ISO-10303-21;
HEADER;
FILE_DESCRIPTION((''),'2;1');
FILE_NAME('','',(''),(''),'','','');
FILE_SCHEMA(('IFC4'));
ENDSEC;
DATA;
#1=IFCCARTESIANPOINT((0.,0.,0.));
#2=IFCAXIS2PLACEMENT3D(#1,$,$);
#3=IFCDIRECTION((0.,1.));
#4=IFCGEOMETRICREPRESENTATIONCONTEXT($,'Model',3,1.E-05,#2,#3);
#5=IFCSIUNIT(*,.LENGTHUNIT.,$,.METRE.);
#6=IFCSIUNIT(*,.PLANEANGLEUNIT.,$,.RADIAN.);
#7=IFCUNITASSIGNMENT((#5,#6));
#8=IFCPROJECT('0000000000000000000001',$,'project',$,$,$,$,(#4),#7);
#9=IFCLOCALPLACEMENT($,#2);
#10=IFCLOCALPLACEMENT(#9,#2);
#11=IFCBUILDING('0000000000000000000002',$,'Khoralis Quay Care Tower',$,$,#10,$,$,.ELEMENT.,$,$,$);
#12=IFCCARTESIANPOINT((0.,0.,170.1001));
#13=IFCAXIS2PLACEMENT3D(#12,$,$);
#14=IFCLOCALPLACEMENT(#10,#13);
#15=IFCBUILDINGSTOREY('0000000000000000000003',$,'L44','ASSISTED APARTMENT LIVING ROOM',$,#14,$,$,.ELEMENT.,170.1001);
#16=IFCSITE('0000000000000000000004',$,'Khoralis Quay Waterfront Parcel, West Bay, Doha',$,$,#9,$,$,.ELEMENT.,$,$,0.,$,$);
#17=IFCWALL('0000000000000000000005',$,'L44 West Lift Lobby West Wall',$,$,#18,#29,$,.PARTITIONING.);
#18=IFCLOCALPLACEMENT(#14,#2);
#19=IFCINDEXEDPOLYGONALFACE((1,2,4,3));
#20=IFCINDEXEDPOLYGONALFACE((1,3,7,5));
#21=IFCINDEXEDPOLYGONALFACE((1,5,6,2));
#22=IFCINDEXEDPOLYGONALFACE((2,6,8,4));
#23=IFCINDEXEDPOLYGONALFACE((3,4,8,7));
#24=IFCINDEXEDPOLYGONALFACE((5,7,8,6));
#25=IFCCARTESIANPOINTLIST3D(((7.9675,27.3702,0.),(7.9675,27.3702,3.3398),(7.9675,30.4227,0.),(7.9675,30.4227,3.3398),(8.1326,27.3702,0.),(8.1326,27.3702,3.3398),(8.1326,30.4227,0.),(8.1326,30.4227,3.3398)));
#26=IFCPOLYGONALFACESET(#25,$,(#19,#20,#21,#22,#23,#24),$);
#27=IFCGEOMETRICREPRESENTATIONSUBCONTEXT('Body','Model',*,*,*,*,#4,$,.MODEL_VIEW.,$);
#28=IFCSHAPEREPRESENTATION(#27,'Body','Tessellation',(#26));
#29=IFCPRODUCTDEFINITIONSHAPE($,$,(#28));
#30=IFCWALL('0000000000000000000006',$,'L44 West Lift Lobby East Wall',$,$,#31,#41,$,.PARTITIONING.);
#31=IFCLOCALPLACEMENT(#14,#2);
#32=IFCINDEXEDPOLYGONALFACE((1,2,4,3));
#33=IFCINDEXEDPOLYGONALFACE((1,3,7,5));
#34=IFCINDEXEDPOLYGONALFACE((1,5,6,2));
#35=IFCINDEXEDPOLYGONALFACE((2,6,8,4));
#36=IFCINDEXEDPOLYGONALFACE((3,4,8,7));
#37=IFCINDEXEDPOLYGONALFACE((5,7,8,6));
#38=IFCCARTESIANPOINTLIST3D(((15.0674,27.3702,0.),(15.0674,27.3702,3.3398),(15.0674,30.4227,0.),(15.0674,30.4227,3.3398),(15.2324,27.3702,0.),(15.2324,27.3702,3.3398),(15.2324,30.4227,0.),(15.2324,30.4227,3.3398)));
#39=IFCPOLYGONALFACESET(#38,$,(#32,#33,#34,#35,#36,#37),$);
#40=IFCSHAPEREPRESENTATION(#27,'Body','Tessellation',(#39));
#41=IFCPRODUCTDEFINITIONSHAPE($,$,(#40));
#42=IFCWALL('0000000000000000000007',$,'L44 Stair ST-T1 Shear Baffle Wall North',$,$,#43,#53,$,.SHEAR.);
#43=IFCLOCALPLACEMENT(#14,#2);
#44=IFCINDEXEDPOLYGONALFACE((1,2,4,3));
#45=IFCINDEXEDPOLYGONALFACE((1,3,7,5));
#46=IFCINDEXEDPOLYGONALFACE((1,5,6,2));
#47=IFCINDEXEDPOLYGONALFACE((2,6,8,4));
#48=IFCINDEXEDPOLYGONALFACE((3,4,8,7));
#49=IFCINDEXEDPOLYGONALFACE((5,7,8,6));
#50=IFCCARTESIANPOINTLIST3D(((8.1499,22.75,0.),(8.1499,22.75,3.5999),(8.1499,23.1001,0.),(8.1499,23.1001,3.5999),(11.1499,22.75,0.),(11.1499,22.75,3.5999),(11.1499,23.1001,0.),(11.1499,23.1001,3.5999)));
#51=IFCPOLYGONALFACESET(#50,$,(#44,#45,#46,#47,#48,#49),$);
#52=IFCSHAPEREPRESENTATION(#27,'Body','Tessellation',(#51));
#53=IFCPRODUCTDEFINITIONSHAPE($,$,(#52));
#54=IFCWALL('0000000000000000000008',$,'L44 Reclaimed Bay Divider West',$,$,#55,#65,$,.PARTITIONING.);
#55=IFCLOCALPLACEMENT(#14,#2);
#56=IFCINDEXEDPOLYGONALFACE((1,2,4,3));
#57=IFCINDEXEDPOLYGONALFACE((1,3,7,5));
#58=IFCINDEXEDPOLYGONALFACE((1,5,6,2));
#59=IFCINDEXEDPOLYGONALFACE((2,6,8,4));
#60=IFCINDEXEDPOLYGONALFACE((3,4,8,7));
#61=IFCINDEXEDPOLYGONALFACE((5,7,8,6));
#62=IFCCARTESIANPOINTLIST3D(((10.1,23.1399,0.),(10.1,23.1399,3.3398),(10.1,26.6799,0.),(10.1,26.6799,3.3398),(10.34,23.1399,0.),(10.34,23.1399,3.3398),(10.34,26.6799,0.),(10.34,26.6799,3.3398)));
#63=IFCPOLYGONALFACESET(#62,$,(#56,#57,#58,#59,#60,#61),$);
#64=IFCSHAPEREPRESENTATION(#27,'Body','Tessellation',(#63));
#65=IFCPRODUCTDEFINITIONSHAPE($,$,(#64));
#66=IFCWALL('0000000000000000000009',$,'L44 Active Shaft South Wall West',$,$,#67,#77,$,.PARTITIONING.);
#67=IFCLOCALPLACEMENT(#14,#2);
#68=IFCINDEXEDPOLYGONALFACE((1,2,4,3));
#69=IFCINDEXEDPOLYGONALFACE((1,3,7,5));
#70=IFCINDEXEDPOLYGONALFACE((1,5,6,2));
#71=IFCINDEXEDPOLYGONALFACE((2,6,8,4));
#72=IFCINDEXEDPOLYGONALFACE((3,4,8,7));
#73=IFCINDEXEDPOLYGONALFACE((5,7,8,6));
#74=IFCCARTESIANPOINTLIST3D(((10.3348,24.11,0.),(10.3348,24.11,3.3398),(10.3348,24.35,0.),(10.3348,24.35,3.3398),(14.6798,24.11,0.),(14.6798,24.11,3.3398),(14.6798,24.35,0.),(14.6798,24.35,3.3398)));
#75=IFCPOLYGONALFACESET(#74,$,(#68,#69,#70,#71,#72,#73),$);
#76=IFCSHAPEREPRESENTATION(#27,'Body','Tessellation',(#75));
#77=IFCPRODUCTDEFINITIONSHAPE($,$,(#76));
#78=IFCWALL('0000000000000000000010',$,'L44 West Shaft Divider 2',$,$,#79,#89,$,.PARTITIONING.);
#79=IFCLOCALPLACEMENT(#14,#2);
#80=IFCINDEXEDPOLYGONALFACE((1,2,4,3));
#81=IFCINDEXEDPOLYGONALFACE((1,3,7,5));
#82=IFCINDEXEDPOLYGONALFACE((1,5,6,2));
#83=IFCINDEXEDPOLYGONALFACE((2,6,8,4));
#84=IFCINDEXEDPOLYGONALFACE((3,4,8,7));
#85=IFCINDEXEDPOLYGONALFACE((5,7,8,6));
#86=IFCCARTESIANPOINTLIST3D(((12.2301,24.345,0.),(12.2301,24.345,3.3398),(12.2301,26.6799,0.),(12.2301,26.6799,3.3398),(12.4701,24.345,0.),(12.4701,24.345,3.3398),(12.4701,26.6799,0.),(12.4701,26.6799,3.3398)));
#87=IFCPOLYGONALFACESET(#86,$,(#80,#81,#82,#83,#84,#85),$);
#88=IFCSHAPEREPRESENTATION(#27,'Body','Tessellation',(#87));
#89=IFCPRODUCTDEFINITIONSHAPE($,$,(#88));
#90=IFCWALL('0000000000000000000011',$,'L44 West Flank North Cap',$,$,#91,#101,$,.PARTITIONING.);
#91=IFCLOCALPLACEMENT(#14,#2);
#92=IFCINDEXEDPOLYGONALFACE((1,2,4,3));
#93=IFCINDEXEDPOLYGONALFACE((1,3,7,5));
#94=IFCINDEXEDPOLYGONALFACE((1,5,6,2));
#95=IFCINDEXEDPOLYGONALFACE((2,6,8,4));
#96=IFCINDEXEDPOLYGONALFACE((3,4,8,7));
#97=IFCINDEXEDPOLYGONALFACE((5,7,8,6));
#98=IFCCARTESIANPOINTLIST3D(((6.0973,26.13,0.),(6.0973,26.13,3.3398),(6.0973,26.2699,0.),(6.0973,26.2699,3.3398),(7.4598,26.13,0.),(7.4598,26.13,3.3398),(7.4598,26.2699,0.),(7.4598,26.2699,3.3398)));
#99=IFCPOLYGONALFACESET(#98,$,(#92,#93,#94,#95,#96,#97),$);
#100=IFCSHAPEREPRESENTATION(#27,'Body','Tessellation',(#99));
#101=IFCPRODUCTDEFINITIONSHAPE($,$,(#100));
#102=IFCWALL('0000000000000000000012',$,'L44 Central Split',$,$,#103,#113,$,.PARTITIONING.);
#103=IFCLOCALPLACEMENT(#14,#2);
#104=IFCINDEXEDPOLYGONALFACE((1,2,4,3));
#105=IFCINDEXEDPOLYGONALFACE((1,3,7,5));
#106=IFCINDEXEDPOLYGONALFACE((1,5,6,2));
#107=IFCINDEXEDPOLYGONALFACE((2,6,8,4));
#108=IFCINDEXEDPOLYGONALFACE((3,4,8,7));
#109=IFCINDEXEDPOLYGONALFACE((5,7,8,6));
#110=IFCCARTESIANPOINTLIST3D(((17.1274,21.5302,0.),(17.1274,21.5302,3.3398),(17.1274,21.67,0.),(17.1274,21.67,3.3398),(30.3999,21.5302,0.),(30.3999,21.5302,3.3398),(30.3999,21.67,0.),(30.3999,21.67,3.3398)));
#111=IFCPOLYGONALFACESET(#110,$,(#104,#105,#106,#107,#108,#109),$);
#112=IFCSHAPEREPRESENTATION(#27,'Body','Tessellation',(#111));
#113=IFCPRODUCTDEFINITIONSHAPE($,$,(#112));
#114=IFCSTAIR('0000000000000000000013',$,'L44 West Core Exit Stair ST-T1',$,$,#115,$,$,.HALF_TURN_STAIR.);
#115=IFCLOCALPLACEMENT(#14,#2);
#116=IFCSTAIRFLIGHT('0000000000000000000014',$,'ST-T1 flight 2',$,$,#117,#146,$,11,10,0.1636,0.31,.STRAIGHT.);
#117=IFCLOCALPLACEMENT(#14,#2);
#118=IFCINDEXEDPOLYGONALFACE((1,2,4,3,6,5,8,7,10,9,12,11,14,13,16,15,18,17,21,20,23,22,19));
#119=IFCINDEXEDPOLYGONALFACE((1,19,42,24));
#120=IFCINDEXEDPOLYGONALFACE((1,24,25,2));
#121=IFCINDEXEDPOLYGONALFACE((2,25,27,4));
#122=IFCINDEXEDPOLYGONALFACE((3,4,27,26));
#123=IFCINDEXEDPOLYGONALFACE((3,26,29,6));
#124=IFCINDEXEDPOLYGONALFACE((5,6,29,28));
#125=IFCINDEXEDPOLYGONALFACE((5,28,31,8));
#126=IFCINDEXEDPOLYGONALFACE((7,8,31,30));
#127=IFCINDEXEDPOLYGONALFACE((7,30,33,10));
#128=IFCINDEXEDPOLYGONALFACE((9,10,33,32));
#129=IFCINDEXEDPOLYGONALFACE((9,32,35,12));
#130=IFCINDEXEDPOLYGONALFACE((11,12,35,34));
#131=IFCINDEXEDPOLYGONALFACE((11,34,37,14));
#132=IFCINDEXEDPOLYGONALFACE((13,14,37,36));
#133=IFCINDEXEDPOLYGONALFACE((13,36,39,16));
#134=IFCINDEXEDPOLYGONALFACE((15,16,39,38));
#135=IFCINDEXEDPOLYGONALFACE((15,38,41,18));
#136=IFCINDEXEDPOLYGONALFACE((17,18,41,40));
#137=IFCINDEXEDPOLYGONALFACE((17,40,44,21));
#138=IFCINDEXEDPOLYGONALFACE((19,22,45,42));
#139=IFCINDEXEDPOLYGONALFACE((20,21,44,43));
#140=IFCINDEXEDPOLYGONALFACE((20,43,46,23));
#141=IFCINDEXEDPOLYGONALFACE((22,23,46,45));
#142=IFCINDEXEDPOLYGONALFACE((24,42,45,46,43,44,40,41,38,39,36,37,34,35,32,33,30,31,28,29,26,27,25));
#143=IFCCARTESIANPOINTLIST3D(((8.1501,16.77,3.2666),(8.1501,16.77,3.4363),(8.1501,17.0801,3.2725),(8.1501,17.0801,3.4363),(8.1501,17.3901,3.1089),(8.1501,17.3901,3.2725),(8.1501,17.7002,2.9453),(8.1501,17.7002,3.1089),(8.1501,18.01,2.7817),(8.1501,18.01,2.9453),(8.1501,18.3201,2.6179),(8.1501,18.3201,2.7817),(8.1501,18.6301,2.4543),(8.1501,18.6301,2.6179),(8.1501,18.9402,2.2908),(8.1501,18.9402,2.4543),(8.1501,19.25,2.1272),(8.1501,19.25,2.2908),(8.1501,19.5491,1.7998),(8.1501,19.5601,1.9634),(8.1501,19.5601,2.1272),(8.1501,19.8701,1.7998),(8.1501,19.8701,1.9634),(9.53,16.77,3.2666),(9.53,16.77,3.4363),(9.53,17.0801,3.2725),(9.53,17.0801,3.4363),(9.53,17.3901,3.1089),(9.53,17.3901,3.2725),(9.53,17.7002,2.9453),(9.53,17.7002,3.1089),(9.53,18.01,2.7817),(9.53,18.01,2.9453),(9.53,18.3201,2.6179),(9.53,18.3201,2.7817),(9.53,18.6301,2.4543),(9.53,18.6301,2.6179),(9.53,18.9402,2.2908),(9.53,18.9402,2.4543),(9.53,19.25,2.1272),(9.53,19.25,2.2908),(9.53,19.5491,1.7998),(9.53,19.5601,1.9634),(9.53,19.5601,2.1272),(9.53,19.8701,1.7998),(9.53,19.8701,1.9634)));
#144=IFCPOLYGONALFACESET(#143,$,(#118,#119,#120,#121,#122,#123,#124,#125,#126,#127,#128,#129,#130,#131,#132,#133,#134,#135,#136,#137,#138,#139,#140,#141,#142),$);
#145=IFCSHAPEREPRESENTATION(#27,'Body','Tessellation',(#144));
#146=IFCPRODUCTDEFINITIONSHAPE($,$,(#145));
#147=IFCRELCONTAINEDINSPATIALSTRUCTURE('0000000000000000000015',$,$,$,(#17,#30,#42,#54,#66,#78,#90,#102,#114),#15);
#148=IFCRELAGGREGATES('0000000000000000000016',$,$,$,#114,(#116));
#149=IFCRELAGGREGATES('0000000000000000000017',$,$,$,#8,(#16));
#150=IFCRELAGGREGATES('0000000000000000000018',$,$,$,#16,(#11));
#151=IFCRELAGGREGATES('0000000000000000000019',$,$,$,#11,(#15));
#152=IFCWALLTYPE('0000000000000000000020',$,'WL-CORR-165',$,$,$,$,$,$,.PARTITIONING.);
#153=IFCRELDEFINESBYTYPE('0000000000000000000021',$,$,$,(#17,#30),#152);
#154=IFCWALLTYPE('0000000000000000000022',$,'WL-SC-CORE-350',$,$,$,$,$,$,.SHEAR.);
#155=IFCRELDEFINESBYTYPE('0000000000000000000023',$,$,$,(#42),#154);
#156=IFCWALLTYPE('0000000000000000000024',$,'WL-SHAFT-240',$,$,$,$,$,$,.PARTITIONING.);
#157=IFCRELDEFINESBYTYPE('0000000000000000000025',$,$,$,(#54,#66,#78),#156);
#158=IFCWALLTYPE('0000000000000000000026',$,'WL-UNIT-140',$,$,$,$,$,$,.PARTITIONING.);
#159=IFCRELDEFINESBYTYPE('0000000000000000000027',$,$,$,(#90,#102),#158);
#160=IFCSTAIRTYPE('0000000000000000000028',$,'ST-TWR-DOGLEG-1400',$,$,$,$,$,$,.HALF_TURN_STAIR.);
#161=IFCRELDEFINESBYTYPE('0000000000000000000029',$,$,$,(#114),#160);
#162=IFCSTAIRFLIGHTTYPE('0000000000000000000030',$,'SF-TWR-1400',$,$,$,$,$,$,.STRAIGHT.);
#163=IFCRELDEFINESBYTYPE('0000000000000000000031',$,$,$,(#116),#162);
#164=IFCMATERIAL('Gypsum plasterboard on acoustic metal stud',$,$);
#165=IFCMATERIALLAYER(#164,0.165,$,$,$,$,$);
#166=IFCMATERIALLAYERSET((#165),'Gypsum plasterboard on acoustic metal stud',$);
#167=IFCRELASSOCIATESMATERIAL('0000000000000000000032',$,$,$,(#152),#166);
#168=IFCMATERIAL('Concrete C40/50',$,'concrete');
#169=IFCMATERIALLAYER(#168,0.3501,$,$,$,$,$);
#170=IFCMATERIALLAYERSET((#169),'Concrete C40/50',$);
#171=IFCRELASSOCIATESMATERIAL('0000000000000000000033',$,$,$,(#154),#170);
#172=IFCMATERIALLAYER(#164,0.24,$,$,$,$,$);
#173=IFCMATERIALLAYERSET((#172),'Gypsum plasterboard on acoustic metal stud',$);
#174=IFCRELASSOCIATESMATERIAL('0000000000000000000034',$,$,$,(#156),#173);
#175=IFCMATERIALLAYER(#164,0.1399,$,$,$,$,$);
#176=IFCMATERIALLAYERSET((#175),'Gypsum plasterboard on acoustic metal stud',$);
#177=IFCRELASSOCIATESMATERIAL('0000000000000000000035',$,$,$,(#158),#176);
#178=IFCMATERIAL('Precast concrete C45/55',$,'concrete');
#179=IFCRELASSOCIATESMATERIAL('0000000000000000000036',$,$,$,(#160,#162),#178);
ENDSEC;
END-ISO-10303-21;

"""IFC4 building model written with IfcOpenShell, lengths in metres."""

from ifc_helpers import new_model, si_unit, direction, frame, frame_2d, origin, place, context, subcontext, project, spatial, polyline, rectangle, outline, extrude, source, transform, mapped, material, layer, layer_set, type_object, element, aggregate, save


model = new_model("IFC4")

# Units and contexts
model_context = context("Model", 3, precision=1e-05, world=origin(), true_north=direction((0.0, 1.0)))
body_context = subcontext(model_context, "Body", "Model", "MODEL_VIEW")
ifc_project = project(units=[si_unit("LENGTHUNIT", "METRE"), si_unit("PLANEANGLEUNIT", "RADIAN")], contexts=[model_context])

# Site, building, storey
site_placement = place(None, origin())
site = spatial("IfcSite", under=ifc_project, at=site_placement, Name="Khoralis Quay Waterfront Parcel, West Bay, Doha", CompositionType="ELEMENT", RefElevation=0.0)
building_placement = place(site_placement, origin())
building = spatial("IfcBuilding", under=site, at=building_placement, Name="Khoralis Quay Care Tower", CompositionType="ELEMENT")
storey_placement = place(building_placement, frame((0.0, 0.0, 170.1001)))
storey = spatial("IfcBuildingStorey", under=building, at=storey_placement, Name="L44", Description="ASSISTED APARTMENT LIVING ROOM", CompositionType="ELEMENT", Elevation=170.1001)

# Walls
ifc_material_1 = material(Name="Gypsum plasterboard on acoustic metal stud")
ifc_layer_1 = layer(ifc_material_1, 0.165)
ifc_layer_set_1 = layer_set([ifc_layer_1], Name="Gypsum plasterboard on acoustic metal stud")
wall_type_1 = type_object("IfcWallType", Name="WL-CORR-165", PredefinedType="PARTITIONING", material=ifc_layer_set_1)
for number, where, z_axis, x_axis, name in (
    (1, (8.05, 27.3701, 0.0), (0.0, 0.0, 1.0), (0.0, 1.0, 0.0), "L44 West Lift Lobby West Wall"),
    (2, (15.1499, 27.3701, 0.0), (0.0, 0.0, 1.0), (0.0, 1.0, 0.0), "L44 West Lift Lobby East Wall"),
):
    element("IfcWall", number, at=place(storey_placement, frame(where, z_axis=z_axis, x_axis=x_axis)), inside=storey, type_object=wall_type_1, Name=name, PredefinedType="PARTITIONING", context=body_context, shape_type="SweptSolid", body=[
        extrude(rectangle(XDim=3.0525, YDim=0.165, at=frame_2d((1.5264, 0.0))), origin(), (0.0, 0.0, 1.0), 3.3398),
    ])
ifc_material_2 = material(Name="Concrete C40/50", Category="concrete")
ifc_layer_2 = layer(ifc_material_2, 0.3501)
ifc_layer_set_2 = layer_set([ifc_layer_2], Name="Concrete C40/50")
wall_type_2 = type_object("IfcWallType", Name="WL-SC-CORE-350", PredefinedType="SHEAR", material=ifc_layer_set_2)
wall_1_placement = place(storey_placement, frame((8.1499, 22.925, 0.0), z_axis=(0.0, 0.0, 1.0), x_axis=(1.0, 0.0, 0.0)))
element("IfcWall", 3, at=wall_1_placement, inside=storey, type_object=wall_type_2, Name="L44 Stair ST-T1 Shear Baffle Wall North", PredefinedType="SHEAR", context=body_context, shape_type="SweptSolid", body=[
    extrude(rectangle(XDim=3.0, YDim=0.3501, at=frame_2d((1.5, 0.0))), origin(), (0.0, 0.0, 1.0), 3.5999),
])
ifc_layer_3 = layer(ifc_material_1, 0.24)
ifc_layer_set_3 = layer_set([ifc_layer_3], Name="Gypsum plasterboard on acoustic metal stud")
wall_type_3 = type_object("IfcWallType", Name="WL-SHAFT-240", PredefinedType="PARTITIONING", material=ifc_layer_set_3)
wall_2_placement = place(storey_placement, frame((10.22, 23.1399, 0.0), z_axis=(0.0, 0.0, 1.0), x_axis=(0.0, 1.0, 0.0)))
element("IfcWall", 4, at=wall_2_placement, inside=storey, type_object=wall_type_3, Name="L44 Reclaimed Bay Divider West", PredefinedType="PARTITIONING", context=body_context, shape_type="SweptSolid", body=[
    extrude(rectangle(XDim=3.54, YDim=0.24, at=frame_2d((1.77, 0.0))), origin(), (0.0, 0.0, 1.0), 3.3398),
])
wall_3_placement = place(storey_placement, frame((10.335, 24.23, 0.0), z_axis=(0.0, 0.0, 1.0), x_axis=(1.0, 0.0, 0.0)))
element("IfcWall", 5, at=wall_3_placement, inside=storey, type_object=wall_type_3, Name="L44 Active Shaft South Wall West", PredefinedType="PARTITIONING", context=body_context, shape_type="SweptSolid", body=[
    extrude(rectangle(XDim=4.345, YDim=0.24, at=frame_2d((2.1724, 0.0))), origin(), (0.0, 0.0, 1.0), 3.3398),
])
wall_4_placement = place(storey_placement, frame((12.3501, 24.345, 0.0), z_axis=(0.0, 0.0, 1.0), x_axis=(0.0, 1.0, 0.0)))
element("IfcWall", 6, at=wall_4_placement, inside=storey, type_object=wall_type_3, Name="L44 West Shaft Divider 2", PredefinedType="PARTITIONING", context=body_context, shape_type="SweptSolid", body=[
    extrude(rectangle(XDim=2.335, YDim=0.24, at=frame_2d((1.1675, 0.0))), origin(), (0.0, 0.0, 1.0), 3.3398),
])
ifc_layer_4 = layer(ifc_material_1, 0.1399)
ifc_layer_set_4 = layer_set([ifc_layer_4], Name="Gypsum plasterboard on acoustic metal stud")
wall_type_4 = type_object("IfcWallType", Name="WL-UNIT-140", PredefinedType="PARTITIONING", material=ifc_layer_set_4)
wall_5_placement = place(storey_placement, frame((6.0974, 26.2, 0.0), z_axis=(0.0, 0.0, 1.0), x_axis=(1.0, 0.0, 0.0)))
element("IfcWall", 7, at=wall_5_placement, inside=storey, type_object=wall_type_4, Name="L44 West Flank North Cap", PredefinedType="PARTITIONING", context=body_context, shape_type="SweptSolid", body=[
    extrude(rectangle(XDim=1.3625, YDim=0.1399, at=frame_2d((0.6812, 0.0))), origin(), (0.0, 0.0, 1.0), 3.3398),
])
wall_6_placement = place(storey_placement, frame((17.1274, 21.6001, 0.0), z_axis=(0.0, 0.0, 1.0), x_axis=(1.0, 0.0, 0.0)))
element("IfcWall", 8, at=wall_6_placement, inside=storey, type_object=wall_type_4, Name="L44 Central Split", PredefinedType="PARTITIONING", context=body_context, shape_type="SweptSolid", body=[
    extrude(rectangle(XDim=13.2725, YDim=0.1399, at=frame_2d((6.6362, 0.0))), origin(), (0.0, 0.0, 1.0), 3.3398),
])

# Stair, stair flight
ifc_material_3 = material(Name="Precast concrete C45/55", Category="concrete")
stair_type = type_object("IfcStairType", Name="ST-TWR-DOGLEG-1400", PredefinedType="HALF_TURN_STAIR", material=ifc_material_3)
stair_placement = place(storey_placement, origin())
stair = element("IfcStair", 9, at=stair_placement, inside=storey, type_object=stair_type, Name="L44 West Core Exit Stair ST-T1", PredefinedType="HALF_TURN_STAIR")
stair_flight_type = type_object("IfcStairFlightType", Name="SF-TWR-1400", PredefinedType="STRAIGHT", material=ifc_material_3)
shared_shape_1 = source(origin(), body_context, "Body", "SweptSolid", [
    extrude(outline(polyline([(0.0, 0.0), (0.0, 0.1636), (0.3101, 0.1636), (0.3101, 0.3274), (0.6201, 0.3274), (0.6201, 0.491), (0.9299, 0.491), (0.9299, 0.6545), (1.24, 0.6545), (1.24, 0.8181), (1.55, 0.8181), (1.55, 0.9819), (1.8601, 0.9819), (1.8601, 1.1455), (2.1699, 1.1455), (2.1699, 1.3091), (2.48, 1.3091), (2.48, 1.4727), (2.79, 1.4727), (2.79, 1.6365), (3.1001, 1.6365), (3.1001, 1.8), (3.1001, 1.4668), (0.321, 0.0), (0.0, 0.0)])), frame((0.0, 0.6899, 0.0), z_axis=(0.0, -1.0, 0.0), x_axis=(1.0, 0.0, 0.0)), (0.0, 0.0, 1.0), 1.3799),
])
stair_flight_placement = place(storey_placement, frame((8.8401, 19.8701, 1.7998), z_axis=(0.0, 0.0, 1.0), x_axis=(0.0, -1.0, 0.0)))
stair_flight = element("IfcStairFlight", 10, at=stair_flight_placement, type_object=stair_flight_type, Name="ST-T1 flight 2", NumberOfRisers=11, NumberOfTreads=10, PredefinedType="STRAIGHT", RiserHeight=0.1636, TreadLength=0.31, context=body_context, shape_type="MappedRepresentation", body=[
    mapped(shared_shape_1, transform((0.0, 0.0, 0.0), scale=1.0)),
])
aggregate(stair, [stair_flight])

save(model, "model.ifc")
